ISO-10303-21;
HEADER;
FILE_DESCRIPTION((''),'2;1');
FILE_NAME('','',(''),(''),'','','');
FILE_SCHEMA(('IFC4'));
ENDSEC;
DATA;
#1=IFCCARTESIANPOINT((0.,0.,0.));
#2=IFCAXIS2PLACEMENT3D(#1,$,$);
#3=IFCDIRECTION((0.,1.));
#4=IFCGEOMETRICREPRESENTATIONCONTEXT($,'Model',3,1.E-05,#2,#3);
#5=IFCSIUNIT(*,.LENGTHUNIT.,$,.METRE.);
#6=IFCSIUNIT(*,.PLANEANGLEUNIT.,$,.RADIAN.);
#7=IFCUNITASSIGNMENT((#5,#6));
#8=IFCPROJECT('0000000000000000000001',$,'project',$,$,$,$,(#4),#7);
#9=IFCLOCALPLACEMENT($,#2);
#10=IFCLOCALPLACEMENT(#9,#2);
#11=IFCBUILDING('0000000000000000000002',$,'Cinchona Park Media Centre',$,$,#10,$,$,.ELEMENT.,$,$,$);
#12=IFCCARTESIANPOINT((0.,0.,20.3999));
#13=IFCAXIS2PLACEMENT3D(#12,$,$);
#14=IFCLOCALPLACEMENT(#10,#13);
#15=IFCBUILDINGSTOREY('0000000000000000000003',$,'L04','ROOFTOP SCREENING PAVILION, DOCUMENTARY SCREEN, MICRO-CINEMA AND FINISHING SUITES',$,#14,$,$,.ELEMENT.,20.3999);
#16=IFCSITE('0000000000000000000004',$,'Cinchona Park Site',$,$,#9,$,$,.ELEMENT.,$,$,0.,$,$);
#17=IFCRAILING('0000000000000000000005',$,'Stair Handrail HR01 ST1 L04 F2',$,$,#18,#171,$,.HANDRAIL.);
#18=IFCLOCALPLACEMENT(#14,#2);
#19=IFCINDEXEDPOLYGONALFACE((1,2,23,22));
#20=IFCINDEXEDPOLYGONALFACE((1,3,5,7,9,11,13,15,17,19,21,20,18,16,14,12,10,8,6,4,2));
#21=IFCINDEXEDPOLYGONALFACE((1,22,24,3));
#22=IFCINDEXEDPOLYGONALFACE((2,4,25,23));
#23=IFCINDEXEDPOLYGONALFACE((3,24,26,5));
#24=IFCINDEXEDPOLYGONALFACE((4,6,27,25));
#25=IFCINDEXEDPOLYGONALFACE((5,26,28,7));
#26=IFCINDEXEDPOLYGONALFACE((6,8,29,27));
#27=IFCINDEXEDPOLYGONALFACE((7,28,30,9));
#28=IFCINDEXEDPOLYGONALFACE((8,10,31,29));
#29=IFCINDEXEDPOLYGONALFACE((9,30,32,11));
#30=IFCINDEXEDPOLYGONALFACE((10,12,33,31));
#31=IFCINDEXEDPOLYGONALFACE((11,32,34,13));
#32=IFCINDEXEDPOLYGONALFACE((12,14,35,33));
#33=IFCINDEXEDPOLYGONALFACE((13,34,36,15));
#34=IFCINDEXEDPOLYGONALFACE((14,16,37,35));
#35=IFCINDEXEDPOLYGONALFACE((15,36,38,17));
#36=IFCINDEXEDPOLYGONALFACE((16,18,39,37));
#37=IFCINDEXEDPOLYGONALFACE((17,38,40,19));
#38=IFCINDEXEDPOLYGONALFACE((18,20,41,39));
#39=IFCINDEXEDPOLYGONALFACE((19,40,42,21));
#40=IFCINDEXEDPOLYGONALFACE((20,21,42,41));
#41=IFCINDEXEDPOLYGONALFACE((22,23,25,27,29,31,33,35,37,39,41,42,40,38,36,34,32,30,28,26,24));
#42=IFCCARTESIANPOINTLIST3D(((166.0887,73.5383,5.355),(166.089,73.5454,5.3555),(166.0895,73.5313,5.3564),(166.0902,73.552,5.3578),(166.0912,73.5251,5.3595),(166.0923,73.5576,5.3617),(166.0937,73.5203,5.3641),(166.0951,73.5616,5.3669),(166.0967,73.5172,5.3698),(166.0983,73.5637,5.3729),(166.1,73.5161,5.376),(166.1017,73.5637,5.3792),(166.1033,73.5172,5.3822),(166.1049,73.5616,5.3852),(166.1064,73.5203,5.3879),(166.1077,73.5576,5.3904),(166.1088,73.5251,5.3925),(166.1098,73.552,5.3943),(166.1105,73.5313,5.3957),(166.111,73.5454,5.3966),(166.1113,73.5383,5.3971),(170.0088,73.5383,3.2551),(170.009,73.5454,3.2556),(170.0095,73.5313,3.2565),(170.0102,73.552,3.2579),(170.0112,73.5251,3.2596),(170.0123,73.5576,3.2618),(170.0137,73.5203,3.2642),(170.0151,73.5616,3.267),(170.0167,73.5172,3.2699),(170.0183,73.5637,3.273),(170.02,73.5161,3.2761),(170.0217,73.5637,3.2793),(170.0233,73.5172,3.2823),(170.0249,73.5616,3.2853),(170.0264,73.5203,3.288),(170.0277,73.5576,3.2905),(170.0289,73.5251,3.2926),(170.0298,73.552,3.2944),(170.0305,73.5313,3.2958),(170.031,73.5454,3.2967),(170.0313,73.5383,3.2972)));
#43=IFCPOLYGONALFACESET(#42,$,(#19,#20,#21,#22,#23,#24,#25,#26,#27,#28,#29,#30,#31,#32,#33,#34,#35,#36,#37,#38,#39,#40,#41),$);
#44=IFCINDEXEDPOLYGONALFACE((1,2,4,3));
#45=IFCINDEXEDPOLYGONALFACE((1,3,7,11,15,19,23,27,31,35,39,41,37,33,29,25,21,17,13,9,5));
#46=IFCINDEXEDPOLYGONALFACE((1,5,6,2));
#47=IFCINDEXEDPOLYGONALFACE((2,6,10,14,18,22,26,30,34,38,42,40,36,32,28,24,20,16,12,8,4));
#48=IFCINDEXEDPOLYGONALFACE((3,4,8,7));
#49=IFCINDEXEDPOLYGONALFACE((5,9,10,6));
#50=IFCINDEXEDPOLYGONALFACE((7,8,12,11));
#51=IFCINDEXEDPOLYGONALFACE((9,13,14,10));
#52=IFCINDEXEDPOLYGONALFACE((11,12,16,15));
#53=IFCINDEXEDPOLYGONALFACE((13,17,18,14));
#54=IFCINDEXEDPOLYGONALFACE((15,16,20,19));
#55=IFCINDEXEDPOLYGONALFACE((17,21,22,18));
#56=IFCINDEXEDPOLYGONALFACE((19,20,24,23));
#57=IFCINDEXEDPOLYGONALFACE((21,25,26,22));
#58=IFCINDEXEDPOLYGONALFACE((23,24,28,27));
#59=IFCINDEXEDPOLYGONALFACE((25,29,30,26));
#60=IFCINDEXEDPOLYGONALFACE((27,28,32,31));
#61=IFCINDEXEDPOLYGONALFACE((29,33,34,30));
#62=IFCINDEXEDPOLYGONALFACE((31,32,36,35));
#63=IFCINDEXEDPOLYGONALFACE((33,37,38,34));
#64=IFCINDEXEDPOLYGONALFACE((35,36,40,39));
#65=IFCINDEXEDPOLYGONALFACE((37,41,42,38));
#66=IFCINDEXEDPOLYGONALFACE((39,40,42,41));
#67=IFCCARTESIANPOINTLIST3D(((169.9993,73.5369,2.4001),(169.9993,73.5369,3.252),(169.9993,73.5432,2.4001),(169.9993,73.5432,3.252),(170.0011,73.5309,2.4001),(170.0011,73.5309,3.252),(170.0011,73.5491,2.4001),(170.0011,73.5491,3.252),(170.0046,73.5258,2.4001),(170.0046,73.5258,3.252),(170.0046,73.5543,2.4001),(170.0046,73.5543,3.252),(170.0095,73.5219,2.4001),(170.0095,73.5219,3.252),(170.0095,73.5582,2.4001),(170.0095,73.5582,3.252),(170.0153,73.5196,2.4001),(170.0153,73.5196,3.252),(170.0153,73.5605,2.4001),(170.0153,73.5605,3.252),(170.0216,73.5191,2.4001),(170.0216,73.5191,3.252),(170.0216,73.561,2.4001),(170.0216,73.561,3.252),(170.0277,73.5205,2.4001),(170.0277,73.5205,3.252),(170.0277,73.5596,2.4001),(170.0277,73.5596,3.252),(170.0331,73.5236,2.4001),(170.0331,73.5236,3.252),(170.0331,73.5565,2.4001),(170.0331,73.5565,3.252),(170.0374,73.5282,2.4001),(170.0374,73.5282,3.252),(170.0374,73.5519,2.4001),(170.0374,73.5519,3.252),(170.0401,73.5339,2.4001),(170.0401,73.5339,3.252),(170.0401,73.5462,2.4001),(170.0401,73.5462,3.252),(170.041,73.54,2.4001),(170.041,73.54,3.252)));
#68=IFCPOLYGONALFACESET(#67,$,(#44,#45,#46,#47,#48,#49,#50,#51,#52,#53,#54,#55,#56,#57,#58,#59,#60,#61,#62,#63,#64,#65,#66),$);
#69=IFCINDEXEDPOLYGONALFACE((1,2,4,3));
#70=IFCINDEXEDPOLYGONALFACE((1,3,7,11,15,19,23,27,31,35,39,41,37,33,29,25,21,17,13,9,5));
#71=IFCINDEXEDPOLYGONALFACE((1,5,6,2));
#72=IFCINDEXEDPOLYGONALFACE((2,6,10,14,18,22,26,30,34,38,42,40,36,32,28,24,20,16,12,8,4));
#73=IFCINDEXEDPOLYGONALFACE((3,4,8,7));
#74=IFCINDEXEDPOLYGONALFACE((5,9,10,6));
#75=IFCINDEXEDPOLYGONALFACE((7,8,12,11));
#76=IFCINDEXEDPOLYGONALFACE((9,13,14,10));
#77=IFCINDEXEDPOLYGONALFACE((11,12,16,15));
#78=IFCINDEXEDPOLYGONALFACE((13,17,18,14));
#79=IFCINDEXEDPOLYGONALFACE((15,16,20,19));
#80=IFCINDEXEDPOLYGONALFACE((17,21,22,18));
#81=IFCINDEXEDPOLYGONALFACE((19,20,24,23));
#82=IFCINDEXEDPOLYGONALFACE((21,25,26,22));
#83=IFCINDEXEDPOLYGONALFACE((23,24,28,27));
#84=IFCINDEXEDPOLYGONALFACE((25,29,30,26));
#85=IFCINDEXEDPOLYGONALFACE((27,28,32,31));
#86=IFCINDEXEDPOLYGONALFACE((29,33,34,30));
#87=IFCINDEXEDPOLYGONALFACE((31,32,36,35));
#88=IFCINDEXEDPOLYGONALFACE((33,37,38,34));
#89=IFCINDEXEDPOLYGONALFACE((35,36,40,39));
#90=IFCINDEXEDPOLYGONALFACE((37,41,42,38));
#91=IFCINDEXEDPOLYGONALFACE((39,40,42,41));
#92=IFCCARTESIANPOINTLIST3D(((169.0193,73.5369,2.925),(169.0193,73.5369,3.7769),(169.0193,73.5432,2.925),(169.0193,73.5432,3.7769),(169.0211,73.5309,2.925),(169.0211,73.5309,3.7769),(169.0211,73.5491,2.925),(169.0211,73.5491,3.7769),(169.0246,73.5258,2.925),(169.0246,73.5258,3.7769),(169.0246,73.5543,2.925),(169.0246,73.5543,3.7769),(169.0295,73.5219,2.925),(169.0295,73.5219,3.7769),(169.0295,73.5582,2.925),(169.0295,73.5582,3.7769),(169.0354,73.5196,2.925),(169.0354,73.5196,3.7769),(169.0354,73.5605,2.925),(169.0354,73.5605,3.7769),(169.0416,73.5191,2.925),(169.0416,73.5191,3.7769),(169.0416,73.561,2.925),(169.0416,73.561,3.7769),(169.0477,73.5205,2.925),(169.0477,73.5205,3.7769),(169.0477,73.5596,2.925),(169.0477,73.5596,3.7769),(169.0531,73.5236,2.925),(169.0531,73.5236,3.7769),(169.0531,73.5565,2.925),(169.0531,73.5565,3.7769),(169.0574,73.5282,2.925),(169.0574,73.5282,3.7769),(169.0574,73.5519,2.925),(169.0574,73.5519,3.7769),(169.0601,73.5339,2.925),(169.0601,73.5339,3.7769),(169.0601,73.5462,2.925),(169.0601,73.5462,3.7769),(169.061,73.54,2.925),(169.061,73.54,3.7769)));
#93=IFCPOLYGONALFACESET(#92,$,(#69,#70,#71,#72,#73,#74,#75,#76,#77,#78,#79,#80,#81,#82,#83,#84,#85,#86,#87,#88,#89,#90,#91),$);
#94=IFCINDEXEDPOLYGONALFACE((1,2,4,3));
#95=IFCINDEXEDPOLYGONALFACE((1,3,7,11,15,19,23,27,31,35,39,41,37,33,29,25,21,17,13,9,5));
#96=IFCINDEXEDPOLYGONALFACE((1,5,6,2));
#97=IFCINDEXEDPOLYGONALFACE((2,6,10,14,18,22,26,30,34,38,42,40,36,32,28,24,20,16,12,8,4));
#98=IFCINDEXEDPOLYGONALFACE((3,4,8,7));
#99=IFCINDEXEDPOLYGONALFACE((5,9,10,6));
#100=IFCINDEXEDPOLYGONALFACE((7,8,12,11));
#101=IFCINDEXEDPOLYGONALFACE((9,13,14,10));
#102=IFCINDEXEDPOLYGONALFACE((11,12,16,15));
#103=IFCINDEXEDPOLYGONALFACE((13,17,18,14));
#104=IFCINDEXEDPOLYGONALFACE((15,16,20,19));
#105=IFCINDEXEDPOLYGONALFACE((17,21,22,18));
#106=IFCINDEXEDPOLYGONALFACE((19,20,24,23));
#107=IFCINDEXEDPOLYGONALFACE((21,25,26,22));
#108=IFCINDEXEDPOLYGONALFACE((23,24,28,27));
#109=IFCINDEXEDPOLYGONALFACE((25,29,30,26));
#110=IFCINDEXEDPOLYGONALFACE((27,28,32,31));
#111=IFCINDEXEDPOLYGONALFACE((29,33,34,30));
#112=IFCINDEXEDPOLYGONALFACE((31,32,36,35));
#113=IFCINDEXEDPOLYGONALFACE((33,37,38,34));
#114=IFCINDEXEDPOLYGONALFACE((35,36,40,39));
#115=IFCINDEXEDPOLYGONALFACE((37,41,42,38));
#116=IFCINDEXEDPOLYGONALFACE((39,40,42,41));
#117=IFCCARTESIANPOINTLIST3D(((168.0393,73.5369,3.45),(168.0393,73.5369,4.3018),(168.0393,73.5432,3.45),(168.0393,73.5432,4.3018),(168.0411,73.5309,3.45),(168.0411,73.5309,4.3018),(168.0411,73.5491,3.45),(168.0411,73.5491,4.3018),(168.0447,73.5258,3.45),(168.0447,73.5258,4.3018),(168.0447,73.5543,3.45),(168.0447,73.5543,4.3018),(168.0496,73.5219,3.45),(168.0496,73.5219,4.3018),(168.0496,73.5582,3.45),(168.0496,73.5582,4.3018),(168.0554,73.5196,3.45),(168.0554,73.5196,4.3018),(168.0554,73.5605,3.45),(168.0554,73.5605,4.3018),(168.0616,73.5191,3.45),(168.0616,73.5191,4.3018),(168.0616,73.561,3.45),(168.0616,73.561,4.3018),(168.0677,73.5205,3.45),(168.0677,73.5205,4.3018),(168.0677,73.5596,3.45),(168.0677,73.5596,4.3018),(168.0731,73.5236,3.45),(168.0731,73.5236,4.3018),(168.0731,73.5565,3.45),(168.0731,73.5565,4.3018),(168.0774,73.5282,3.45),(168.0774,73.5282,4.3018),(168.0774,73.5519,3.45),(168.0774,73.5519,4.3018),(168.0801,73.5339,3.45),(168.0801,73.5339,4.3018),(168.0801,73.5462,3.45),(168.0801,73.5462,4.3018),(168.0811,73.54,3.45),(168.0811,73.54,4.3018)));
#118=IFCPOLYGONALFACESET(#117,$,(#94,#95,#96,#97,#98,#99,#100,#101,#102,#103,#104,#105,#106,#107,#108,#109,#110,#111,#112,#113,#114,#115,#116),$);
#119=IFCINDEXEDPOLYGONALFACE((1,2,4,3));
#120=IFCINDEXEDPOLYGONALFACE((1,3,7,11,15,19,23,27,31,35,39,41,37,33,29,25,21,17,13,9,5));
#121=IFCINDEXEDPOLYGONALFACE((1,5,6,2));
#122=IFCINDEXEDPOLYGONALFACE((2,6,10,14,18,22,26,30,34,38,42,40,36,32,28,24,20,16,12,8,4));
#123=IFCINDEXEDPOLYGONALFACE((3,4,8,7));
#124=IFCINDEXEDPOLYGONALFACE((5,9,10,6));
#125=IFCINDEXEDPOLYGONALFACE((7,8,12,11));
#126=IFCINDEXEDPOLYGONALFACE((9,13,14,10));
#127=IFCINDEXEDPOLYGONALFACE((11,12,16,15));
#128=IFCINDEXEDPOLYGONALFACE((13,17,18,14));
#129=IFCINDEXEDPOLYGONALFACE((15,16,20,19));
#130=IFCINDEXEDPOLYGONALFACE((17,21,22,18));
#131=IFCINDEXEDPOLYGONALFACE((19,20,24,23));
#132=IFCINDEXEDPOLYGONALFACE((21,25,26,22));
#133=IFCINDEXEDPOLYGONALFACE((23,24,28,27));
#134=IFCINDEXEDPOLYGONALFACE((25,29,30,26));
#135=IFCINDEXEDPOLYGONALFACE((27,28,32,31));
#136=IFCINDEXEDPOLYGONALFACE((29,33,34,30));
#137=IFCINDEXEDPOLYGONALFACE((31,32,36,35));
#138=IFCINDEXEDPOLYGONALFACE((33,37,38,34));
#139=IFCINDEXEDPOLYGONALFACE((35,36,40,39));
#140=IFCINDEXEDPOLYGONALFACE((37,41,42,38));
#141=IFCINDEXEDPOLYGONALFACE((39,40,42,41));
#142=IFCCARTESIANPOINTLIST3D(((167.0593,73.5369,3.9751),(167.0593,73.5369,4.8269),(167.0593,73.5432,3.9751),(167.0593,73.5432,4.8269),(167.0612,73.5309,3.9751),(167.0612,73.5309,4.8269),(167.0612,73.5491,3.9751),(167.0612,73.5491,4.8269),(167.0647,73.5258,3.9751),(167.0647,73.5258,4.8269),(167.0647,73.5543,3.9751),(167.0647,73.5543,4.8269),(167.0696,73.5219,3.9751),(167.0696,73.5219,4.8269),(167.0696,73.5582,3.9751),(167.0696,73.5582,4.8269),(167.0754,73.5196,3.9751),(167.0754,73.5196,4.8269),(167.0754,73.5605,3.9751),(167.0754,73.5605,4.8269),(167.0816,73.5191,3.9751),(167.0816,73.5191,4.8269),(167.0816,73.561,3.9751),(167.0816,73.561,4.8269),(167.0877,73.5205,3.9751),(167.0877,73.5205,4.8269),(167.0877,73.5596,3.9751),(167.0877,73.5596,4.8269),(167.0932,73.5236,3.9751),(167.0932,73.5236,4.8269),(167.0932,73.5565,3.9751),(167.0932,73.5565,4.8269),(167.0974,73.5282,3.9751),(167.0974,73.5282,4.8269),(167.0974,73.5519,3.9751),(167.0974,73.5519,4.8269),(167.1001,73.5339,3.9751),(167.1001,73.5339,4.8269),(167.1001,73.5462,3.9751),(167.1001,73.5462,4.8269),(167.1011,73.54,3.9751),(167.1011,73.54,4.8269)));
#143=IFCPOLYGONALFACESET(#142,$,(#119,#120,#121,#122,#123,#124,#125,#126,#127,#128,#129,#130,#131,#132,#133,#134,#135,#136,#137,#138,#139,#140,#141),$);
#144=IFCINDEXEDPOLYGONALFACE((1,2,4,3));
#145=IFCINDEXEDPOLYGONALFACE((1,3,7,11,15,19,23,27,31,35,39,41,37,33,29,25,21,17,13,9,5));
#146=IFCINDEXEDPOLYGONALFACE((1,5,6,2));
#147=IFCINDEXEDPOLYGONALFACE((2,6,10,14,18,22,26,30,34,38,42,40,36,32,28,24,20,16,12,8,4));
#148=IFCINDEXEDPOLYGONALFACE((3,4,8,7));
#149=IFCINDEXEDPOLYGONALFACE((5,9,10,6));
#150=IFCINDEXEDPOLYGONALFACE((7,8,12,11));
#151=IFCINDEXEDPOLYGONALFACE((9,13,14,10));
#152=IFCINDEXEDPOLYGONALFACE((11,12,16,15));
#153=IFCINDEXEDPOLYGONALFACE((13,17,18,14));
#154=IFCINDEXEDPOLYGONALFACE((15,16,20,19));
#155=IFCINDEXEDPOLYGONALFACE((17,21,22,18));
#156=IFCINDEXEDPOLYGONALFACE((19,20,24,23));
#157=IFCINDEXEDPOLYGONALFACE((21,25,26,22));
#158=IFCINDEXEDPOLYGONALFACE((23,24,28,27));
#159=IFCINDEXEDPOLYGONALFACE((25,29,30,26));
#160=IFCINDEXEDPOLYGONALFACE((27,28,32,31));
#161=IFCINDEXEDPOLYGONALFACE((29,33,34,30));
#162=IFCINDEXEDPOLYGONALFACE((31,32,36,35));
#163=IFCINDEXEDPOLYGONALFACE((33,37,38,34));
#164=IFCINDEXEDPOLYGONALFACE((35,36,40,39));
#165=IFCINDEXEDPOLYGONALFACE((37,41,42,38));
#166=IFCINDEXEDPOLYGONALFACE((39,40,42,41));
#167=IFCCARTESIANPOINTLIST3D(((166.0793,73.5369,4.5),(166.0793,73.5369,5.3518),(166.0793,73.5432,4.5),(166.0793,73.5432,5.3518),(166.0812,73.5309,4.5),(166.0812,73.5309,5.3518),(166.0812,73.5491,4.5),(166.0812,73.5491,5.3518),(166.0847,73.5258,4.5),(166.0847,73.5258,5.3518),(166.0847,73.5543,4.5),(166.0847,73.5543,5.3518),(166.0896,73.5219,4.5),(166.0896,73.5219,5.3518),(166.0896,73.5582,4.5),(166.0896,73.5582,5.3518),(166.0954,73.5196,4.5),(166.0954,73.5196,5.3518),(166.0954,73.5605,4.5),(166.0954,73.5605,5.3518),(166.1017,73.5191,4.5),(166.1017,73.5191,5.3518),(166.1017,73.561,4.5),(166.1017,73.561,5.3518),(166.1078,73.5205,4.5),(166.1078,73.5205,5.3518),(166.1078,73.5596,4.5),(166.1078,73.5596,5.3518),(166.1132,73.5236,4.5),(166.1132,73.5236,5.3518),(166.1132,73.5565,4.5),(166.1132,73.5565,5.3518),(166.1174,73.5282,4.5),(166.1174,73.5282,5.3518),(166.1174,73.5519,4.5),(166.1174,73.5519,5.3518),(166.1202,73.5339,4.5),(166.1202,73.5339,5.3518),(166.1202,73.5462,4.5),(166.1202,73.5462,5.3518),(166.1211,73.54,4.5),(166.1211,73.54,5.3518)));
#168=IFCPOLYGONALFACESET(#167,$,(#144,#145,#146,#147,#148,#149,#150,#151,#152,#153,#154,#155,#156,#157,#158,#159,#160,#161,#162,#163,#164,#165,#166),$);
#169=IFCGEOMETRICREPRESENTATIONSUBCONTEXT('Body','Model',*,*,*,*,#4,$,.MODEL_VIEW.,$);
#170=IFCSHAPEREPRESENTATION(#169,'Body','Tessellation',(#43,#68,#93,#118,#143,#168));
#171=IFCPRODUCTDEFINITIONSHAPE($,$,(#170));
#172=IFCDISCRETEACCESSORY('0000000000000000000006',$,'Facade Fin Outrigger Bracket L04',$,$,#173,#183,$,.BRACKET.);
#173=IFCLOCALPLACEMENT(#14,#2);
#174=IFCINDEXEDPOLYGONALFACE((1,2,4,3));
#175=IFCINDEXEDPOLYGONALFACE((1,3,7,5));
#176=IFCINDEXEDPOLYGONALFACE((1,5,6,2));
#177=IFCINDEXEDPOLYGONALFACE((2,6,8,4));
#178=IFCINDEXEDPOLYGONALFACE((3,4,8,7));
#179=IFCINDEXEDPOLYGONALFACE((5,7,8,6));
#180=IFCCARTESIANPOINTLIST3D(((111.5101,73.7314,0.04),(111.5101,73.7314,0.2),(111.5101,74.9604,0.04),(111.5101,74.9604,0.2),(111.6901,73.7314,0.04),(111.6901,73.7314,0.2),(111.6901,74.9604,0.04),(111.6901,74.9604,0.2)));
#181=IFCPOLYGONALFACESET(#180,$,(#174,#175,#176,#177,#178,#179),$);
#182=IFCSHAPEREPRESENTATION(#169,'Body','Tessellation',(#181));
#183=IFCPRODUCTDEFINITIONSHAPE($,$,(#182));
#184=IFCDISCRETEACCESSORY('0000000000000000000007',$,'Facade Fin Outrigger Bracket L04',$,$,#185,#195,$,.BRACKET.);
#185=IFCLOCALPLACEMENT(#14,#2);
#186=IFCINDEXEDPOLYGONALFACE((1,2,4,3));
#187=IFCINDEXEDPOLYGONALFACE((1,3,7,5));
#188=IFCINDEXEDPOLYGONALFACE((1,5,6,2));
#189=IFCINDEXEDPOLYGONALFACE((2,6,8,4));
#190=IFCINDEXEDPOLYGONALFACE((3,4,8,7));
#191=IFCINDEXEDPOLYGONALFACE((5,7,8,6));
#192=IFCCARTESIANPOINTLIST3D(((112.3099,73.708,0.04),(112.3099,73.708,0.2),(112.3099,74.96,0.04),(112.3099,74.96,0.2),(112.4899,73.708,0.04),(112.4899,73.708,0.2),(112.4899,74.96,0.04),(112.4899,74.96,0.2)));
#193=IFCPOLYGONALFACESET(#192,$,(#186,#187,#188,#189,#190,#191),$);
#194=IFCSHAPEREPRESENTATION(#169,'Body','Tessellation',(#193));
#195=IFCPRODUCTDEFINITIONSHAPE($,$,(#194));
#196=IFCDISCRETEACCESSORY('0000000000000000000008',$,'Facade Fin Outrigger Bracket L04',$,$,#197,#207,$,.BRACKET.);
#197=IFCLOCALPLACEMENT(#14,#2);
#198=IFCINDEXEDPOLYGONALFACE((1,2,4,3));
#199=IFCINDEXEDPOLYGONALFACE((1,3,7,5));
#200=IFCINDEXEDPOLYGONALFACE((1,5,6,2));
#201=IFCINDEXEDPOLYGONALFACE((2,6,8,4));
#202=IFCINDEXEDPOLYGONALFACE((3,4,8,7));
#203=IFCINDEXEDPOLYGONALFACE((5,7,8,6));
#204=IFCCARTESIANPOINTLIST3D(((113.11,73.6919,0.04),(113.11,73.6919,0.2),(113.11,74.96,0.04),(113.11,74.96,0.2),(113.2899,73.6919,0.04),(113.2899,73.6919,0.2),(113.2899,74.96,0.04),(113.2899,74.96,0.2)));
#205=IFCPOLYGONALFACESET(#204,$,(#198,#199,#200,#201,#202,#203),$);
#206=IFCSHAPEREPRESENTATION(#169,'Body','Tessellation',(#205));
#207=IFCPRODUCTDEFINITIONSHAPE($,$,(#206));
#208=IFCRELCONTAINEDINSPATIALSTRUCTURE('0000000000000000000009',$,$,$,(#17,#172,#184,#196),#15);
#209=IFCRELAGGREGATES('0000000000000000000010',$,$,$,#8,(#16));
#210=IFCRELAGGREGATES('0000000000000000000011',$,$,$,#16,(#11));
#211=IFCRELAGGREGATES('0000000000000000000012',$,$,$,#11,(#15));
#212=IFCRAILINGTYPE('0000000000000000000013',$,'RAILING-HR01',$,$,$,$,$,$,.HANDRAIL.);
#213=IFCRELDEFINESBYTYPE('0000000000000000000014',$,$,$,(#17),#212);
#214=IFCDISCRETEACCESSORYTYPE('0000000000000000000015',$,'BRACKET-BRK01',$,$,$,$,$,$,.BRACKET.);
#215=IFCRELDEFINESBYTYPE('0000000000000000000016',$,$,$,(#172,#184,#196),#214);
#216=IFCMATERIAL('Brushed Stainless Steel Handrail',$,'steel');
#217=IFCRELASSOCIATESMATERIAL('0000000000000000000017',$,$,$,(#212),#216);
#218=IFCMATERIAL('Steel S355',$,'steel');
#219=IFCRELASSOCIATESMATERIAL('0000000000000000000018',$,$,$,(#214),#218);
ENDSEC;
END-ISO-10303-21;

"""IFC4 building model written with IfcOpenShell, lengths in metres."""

from ifc_helpers import new_model, si_unit, direction, frame, origin, origin_2d, place, context, subcontext, project, spatial, rectangle, circle, extrude, material, type_object, element, save


model = new_model("IFC4")

# Units and contexts
model_context = context("Model", 3, precision=1e-05, world=origin(), true_north=direction((0.0, 1.0)))
body_context = subcontext(model_context, "Body", "Model", "MODEL_VIEW")
ifc_project = project(units=[si_unit("LENGTHUNIT", "METRE"), si_unit("PLANEANGLEUNIT", "RADIAN")], contexts=[model_context])

# Site, building, storey
site_placement = place(None, origin())
site = spatial("IfcSite", under=ifc_project, at=site_placement, Name="Cinchona Park Site", CompositionType="ELEMENT", RefElevation=0.0)
building_placement = place(site_placement, origin())
building = spatial("IfcBuilding", under=site, at=building_placement, Name="Cinchona Park Media Centre", CompositionType="ELEMENT")
storey_placement = place(building_placement, frame((0.0, 0.0, 20.3999)))
storey = spatial("IfcBuildingStorey", under=building, at=storey_placement, Name="L04", Description="ROOFTOP SCREENING PAVILION, DOCUMENTARY SCREEN, MICRO-CINEMA AND FINISHING SUITES", CompositionType="ELEMENT", Elevation=20.3999)

# Railing
ifc_material_1 = material(Name="Brushed Stainless Steel Handrail", Category="steel")
railing_type = type_object("IfcRailingType", Name="RAILING-HR01", PredefinedType="HANDRAIL", material=ifc_material_1)
railing_placement = place(storey_placement, frame((170.02, 73.54, 2.4001)))
element("IfcRailing", 1, at=railing_placement, inside=storey, type_object=railing_type, Name="Stair Handrail HR01 ST1 L04 F2", PredefinedType="HANDRAIL", context=body_context, shape_type="SweptSolid", body=[
    extrude(circle(Radius=0.0239, at=origin_2d()), frame((0.0, 0.0, 0.876), z_axis=(-0.88149, 0.0, 0.472203), x_axis=(0.0, -1.0, 0.0)), (0.0, 0.0, 1.0), 4.447),
    extrude(circle(Radius=0.021, at=origin_2d()), origin(), (0.0, 0.0, 1.0), 0.8518),
    extrude(circle(Radius=0.021, at=origin_2d()), frame((-0.98, 0.0, 0.5249)), (0.0, 0.0, 1.0), 0.8518),
    extrude(circle(Radius=0.021, at=origin_2d()), frame((-1.96, 0.0, 1.0498)), (0.0, 0.0, 1.0), 0.8518),
    extrude(circle(Radius=0.021, at=origin_2d()), frame((-2.9399, 0.0, 1.575)), (0.0, 0.0, 1.0), 0.8518),
    extrude(circle(Radius=0.021, at=origin_2d()), frame((-3.9199, 0.0, 2.0999)), (0.0, 0.0, 1.0), 0.8518),
])

# Discrete accessories
ifc_material_2 = material(Name="Steel S355", Category="steel")
discrete_accessory_type = type_object("IfcDiscreteAccessoryType", Name="BRACKET-BRK01", PredefinedType="BRACKET", material=ifc_material_2)
discrete_accessory_1_placement = place(storey_placement, frame((111.6001, 74.3459, 0.04), z_axis=(0.0, 0.0, 1.0), x_axis=(1.0, 0.0, 0.0)))
element("IfcDiscreteAccessory", 2, at=discrete_accessory_1_placement, inside=storey, type_object=discrete_accessory_type, Name="Facade Fin Outrigger Bracket L04", PredefinedType="BRACKET", context=body_context, shape_type="SweptSolid", body=[
    extrude(rectangle(XDim=0.1799, YDim=1.229, at=origin_2d()), origin(), (0.0, 0.0, 1.0), 0.1599),
])
discrete_accessory_2_placement = place(storey_placement, frame((112.3999, 74.334, 0.04), z_axis=(0.0, 0.0, 1.0), x_axis=(1.0, 0.0, 0.0)))
element("IfcDiscreteAccessory", 3, at=discrete_accessory_2_placement, inside=storey, type_object=discrete_accessory_type, Name="Facade Fin Outrigger Bracket L04", PredefinedType="BRACKET", context=body_context, shape_type="SweptSolid", body=[
    extrude(rectangle(XDim=0.1799, YDim=1.252, at=origin_2d()), origin(), (0.0, 0.0, 1.0), 0.1599),
])
discrete_accessory_3_placement = place(storey_placement, frame((113.2, 74.3259, 0.04), z_axis=(0.0, 0.0, 1.0), x_axis=(1.0, 0.0, 0.0)))
element("IfcDiscreteAccessory", 4, at=discrete_accessory_3_placement, inside=storey, type_object=discrete_accessory_type, Name="Facade Fin Outrigger Bracket L04", PredefinedType="BRACKET", context=body_context, shape_type="SweptSolid", body=[
    extrude(rectangle(XDim=0.1799, YDim=1.2681, at=origin_2d()), origin(), (0.0, 0.0, 1.0), 0.1599),
])

save(model, "model.ifc")
